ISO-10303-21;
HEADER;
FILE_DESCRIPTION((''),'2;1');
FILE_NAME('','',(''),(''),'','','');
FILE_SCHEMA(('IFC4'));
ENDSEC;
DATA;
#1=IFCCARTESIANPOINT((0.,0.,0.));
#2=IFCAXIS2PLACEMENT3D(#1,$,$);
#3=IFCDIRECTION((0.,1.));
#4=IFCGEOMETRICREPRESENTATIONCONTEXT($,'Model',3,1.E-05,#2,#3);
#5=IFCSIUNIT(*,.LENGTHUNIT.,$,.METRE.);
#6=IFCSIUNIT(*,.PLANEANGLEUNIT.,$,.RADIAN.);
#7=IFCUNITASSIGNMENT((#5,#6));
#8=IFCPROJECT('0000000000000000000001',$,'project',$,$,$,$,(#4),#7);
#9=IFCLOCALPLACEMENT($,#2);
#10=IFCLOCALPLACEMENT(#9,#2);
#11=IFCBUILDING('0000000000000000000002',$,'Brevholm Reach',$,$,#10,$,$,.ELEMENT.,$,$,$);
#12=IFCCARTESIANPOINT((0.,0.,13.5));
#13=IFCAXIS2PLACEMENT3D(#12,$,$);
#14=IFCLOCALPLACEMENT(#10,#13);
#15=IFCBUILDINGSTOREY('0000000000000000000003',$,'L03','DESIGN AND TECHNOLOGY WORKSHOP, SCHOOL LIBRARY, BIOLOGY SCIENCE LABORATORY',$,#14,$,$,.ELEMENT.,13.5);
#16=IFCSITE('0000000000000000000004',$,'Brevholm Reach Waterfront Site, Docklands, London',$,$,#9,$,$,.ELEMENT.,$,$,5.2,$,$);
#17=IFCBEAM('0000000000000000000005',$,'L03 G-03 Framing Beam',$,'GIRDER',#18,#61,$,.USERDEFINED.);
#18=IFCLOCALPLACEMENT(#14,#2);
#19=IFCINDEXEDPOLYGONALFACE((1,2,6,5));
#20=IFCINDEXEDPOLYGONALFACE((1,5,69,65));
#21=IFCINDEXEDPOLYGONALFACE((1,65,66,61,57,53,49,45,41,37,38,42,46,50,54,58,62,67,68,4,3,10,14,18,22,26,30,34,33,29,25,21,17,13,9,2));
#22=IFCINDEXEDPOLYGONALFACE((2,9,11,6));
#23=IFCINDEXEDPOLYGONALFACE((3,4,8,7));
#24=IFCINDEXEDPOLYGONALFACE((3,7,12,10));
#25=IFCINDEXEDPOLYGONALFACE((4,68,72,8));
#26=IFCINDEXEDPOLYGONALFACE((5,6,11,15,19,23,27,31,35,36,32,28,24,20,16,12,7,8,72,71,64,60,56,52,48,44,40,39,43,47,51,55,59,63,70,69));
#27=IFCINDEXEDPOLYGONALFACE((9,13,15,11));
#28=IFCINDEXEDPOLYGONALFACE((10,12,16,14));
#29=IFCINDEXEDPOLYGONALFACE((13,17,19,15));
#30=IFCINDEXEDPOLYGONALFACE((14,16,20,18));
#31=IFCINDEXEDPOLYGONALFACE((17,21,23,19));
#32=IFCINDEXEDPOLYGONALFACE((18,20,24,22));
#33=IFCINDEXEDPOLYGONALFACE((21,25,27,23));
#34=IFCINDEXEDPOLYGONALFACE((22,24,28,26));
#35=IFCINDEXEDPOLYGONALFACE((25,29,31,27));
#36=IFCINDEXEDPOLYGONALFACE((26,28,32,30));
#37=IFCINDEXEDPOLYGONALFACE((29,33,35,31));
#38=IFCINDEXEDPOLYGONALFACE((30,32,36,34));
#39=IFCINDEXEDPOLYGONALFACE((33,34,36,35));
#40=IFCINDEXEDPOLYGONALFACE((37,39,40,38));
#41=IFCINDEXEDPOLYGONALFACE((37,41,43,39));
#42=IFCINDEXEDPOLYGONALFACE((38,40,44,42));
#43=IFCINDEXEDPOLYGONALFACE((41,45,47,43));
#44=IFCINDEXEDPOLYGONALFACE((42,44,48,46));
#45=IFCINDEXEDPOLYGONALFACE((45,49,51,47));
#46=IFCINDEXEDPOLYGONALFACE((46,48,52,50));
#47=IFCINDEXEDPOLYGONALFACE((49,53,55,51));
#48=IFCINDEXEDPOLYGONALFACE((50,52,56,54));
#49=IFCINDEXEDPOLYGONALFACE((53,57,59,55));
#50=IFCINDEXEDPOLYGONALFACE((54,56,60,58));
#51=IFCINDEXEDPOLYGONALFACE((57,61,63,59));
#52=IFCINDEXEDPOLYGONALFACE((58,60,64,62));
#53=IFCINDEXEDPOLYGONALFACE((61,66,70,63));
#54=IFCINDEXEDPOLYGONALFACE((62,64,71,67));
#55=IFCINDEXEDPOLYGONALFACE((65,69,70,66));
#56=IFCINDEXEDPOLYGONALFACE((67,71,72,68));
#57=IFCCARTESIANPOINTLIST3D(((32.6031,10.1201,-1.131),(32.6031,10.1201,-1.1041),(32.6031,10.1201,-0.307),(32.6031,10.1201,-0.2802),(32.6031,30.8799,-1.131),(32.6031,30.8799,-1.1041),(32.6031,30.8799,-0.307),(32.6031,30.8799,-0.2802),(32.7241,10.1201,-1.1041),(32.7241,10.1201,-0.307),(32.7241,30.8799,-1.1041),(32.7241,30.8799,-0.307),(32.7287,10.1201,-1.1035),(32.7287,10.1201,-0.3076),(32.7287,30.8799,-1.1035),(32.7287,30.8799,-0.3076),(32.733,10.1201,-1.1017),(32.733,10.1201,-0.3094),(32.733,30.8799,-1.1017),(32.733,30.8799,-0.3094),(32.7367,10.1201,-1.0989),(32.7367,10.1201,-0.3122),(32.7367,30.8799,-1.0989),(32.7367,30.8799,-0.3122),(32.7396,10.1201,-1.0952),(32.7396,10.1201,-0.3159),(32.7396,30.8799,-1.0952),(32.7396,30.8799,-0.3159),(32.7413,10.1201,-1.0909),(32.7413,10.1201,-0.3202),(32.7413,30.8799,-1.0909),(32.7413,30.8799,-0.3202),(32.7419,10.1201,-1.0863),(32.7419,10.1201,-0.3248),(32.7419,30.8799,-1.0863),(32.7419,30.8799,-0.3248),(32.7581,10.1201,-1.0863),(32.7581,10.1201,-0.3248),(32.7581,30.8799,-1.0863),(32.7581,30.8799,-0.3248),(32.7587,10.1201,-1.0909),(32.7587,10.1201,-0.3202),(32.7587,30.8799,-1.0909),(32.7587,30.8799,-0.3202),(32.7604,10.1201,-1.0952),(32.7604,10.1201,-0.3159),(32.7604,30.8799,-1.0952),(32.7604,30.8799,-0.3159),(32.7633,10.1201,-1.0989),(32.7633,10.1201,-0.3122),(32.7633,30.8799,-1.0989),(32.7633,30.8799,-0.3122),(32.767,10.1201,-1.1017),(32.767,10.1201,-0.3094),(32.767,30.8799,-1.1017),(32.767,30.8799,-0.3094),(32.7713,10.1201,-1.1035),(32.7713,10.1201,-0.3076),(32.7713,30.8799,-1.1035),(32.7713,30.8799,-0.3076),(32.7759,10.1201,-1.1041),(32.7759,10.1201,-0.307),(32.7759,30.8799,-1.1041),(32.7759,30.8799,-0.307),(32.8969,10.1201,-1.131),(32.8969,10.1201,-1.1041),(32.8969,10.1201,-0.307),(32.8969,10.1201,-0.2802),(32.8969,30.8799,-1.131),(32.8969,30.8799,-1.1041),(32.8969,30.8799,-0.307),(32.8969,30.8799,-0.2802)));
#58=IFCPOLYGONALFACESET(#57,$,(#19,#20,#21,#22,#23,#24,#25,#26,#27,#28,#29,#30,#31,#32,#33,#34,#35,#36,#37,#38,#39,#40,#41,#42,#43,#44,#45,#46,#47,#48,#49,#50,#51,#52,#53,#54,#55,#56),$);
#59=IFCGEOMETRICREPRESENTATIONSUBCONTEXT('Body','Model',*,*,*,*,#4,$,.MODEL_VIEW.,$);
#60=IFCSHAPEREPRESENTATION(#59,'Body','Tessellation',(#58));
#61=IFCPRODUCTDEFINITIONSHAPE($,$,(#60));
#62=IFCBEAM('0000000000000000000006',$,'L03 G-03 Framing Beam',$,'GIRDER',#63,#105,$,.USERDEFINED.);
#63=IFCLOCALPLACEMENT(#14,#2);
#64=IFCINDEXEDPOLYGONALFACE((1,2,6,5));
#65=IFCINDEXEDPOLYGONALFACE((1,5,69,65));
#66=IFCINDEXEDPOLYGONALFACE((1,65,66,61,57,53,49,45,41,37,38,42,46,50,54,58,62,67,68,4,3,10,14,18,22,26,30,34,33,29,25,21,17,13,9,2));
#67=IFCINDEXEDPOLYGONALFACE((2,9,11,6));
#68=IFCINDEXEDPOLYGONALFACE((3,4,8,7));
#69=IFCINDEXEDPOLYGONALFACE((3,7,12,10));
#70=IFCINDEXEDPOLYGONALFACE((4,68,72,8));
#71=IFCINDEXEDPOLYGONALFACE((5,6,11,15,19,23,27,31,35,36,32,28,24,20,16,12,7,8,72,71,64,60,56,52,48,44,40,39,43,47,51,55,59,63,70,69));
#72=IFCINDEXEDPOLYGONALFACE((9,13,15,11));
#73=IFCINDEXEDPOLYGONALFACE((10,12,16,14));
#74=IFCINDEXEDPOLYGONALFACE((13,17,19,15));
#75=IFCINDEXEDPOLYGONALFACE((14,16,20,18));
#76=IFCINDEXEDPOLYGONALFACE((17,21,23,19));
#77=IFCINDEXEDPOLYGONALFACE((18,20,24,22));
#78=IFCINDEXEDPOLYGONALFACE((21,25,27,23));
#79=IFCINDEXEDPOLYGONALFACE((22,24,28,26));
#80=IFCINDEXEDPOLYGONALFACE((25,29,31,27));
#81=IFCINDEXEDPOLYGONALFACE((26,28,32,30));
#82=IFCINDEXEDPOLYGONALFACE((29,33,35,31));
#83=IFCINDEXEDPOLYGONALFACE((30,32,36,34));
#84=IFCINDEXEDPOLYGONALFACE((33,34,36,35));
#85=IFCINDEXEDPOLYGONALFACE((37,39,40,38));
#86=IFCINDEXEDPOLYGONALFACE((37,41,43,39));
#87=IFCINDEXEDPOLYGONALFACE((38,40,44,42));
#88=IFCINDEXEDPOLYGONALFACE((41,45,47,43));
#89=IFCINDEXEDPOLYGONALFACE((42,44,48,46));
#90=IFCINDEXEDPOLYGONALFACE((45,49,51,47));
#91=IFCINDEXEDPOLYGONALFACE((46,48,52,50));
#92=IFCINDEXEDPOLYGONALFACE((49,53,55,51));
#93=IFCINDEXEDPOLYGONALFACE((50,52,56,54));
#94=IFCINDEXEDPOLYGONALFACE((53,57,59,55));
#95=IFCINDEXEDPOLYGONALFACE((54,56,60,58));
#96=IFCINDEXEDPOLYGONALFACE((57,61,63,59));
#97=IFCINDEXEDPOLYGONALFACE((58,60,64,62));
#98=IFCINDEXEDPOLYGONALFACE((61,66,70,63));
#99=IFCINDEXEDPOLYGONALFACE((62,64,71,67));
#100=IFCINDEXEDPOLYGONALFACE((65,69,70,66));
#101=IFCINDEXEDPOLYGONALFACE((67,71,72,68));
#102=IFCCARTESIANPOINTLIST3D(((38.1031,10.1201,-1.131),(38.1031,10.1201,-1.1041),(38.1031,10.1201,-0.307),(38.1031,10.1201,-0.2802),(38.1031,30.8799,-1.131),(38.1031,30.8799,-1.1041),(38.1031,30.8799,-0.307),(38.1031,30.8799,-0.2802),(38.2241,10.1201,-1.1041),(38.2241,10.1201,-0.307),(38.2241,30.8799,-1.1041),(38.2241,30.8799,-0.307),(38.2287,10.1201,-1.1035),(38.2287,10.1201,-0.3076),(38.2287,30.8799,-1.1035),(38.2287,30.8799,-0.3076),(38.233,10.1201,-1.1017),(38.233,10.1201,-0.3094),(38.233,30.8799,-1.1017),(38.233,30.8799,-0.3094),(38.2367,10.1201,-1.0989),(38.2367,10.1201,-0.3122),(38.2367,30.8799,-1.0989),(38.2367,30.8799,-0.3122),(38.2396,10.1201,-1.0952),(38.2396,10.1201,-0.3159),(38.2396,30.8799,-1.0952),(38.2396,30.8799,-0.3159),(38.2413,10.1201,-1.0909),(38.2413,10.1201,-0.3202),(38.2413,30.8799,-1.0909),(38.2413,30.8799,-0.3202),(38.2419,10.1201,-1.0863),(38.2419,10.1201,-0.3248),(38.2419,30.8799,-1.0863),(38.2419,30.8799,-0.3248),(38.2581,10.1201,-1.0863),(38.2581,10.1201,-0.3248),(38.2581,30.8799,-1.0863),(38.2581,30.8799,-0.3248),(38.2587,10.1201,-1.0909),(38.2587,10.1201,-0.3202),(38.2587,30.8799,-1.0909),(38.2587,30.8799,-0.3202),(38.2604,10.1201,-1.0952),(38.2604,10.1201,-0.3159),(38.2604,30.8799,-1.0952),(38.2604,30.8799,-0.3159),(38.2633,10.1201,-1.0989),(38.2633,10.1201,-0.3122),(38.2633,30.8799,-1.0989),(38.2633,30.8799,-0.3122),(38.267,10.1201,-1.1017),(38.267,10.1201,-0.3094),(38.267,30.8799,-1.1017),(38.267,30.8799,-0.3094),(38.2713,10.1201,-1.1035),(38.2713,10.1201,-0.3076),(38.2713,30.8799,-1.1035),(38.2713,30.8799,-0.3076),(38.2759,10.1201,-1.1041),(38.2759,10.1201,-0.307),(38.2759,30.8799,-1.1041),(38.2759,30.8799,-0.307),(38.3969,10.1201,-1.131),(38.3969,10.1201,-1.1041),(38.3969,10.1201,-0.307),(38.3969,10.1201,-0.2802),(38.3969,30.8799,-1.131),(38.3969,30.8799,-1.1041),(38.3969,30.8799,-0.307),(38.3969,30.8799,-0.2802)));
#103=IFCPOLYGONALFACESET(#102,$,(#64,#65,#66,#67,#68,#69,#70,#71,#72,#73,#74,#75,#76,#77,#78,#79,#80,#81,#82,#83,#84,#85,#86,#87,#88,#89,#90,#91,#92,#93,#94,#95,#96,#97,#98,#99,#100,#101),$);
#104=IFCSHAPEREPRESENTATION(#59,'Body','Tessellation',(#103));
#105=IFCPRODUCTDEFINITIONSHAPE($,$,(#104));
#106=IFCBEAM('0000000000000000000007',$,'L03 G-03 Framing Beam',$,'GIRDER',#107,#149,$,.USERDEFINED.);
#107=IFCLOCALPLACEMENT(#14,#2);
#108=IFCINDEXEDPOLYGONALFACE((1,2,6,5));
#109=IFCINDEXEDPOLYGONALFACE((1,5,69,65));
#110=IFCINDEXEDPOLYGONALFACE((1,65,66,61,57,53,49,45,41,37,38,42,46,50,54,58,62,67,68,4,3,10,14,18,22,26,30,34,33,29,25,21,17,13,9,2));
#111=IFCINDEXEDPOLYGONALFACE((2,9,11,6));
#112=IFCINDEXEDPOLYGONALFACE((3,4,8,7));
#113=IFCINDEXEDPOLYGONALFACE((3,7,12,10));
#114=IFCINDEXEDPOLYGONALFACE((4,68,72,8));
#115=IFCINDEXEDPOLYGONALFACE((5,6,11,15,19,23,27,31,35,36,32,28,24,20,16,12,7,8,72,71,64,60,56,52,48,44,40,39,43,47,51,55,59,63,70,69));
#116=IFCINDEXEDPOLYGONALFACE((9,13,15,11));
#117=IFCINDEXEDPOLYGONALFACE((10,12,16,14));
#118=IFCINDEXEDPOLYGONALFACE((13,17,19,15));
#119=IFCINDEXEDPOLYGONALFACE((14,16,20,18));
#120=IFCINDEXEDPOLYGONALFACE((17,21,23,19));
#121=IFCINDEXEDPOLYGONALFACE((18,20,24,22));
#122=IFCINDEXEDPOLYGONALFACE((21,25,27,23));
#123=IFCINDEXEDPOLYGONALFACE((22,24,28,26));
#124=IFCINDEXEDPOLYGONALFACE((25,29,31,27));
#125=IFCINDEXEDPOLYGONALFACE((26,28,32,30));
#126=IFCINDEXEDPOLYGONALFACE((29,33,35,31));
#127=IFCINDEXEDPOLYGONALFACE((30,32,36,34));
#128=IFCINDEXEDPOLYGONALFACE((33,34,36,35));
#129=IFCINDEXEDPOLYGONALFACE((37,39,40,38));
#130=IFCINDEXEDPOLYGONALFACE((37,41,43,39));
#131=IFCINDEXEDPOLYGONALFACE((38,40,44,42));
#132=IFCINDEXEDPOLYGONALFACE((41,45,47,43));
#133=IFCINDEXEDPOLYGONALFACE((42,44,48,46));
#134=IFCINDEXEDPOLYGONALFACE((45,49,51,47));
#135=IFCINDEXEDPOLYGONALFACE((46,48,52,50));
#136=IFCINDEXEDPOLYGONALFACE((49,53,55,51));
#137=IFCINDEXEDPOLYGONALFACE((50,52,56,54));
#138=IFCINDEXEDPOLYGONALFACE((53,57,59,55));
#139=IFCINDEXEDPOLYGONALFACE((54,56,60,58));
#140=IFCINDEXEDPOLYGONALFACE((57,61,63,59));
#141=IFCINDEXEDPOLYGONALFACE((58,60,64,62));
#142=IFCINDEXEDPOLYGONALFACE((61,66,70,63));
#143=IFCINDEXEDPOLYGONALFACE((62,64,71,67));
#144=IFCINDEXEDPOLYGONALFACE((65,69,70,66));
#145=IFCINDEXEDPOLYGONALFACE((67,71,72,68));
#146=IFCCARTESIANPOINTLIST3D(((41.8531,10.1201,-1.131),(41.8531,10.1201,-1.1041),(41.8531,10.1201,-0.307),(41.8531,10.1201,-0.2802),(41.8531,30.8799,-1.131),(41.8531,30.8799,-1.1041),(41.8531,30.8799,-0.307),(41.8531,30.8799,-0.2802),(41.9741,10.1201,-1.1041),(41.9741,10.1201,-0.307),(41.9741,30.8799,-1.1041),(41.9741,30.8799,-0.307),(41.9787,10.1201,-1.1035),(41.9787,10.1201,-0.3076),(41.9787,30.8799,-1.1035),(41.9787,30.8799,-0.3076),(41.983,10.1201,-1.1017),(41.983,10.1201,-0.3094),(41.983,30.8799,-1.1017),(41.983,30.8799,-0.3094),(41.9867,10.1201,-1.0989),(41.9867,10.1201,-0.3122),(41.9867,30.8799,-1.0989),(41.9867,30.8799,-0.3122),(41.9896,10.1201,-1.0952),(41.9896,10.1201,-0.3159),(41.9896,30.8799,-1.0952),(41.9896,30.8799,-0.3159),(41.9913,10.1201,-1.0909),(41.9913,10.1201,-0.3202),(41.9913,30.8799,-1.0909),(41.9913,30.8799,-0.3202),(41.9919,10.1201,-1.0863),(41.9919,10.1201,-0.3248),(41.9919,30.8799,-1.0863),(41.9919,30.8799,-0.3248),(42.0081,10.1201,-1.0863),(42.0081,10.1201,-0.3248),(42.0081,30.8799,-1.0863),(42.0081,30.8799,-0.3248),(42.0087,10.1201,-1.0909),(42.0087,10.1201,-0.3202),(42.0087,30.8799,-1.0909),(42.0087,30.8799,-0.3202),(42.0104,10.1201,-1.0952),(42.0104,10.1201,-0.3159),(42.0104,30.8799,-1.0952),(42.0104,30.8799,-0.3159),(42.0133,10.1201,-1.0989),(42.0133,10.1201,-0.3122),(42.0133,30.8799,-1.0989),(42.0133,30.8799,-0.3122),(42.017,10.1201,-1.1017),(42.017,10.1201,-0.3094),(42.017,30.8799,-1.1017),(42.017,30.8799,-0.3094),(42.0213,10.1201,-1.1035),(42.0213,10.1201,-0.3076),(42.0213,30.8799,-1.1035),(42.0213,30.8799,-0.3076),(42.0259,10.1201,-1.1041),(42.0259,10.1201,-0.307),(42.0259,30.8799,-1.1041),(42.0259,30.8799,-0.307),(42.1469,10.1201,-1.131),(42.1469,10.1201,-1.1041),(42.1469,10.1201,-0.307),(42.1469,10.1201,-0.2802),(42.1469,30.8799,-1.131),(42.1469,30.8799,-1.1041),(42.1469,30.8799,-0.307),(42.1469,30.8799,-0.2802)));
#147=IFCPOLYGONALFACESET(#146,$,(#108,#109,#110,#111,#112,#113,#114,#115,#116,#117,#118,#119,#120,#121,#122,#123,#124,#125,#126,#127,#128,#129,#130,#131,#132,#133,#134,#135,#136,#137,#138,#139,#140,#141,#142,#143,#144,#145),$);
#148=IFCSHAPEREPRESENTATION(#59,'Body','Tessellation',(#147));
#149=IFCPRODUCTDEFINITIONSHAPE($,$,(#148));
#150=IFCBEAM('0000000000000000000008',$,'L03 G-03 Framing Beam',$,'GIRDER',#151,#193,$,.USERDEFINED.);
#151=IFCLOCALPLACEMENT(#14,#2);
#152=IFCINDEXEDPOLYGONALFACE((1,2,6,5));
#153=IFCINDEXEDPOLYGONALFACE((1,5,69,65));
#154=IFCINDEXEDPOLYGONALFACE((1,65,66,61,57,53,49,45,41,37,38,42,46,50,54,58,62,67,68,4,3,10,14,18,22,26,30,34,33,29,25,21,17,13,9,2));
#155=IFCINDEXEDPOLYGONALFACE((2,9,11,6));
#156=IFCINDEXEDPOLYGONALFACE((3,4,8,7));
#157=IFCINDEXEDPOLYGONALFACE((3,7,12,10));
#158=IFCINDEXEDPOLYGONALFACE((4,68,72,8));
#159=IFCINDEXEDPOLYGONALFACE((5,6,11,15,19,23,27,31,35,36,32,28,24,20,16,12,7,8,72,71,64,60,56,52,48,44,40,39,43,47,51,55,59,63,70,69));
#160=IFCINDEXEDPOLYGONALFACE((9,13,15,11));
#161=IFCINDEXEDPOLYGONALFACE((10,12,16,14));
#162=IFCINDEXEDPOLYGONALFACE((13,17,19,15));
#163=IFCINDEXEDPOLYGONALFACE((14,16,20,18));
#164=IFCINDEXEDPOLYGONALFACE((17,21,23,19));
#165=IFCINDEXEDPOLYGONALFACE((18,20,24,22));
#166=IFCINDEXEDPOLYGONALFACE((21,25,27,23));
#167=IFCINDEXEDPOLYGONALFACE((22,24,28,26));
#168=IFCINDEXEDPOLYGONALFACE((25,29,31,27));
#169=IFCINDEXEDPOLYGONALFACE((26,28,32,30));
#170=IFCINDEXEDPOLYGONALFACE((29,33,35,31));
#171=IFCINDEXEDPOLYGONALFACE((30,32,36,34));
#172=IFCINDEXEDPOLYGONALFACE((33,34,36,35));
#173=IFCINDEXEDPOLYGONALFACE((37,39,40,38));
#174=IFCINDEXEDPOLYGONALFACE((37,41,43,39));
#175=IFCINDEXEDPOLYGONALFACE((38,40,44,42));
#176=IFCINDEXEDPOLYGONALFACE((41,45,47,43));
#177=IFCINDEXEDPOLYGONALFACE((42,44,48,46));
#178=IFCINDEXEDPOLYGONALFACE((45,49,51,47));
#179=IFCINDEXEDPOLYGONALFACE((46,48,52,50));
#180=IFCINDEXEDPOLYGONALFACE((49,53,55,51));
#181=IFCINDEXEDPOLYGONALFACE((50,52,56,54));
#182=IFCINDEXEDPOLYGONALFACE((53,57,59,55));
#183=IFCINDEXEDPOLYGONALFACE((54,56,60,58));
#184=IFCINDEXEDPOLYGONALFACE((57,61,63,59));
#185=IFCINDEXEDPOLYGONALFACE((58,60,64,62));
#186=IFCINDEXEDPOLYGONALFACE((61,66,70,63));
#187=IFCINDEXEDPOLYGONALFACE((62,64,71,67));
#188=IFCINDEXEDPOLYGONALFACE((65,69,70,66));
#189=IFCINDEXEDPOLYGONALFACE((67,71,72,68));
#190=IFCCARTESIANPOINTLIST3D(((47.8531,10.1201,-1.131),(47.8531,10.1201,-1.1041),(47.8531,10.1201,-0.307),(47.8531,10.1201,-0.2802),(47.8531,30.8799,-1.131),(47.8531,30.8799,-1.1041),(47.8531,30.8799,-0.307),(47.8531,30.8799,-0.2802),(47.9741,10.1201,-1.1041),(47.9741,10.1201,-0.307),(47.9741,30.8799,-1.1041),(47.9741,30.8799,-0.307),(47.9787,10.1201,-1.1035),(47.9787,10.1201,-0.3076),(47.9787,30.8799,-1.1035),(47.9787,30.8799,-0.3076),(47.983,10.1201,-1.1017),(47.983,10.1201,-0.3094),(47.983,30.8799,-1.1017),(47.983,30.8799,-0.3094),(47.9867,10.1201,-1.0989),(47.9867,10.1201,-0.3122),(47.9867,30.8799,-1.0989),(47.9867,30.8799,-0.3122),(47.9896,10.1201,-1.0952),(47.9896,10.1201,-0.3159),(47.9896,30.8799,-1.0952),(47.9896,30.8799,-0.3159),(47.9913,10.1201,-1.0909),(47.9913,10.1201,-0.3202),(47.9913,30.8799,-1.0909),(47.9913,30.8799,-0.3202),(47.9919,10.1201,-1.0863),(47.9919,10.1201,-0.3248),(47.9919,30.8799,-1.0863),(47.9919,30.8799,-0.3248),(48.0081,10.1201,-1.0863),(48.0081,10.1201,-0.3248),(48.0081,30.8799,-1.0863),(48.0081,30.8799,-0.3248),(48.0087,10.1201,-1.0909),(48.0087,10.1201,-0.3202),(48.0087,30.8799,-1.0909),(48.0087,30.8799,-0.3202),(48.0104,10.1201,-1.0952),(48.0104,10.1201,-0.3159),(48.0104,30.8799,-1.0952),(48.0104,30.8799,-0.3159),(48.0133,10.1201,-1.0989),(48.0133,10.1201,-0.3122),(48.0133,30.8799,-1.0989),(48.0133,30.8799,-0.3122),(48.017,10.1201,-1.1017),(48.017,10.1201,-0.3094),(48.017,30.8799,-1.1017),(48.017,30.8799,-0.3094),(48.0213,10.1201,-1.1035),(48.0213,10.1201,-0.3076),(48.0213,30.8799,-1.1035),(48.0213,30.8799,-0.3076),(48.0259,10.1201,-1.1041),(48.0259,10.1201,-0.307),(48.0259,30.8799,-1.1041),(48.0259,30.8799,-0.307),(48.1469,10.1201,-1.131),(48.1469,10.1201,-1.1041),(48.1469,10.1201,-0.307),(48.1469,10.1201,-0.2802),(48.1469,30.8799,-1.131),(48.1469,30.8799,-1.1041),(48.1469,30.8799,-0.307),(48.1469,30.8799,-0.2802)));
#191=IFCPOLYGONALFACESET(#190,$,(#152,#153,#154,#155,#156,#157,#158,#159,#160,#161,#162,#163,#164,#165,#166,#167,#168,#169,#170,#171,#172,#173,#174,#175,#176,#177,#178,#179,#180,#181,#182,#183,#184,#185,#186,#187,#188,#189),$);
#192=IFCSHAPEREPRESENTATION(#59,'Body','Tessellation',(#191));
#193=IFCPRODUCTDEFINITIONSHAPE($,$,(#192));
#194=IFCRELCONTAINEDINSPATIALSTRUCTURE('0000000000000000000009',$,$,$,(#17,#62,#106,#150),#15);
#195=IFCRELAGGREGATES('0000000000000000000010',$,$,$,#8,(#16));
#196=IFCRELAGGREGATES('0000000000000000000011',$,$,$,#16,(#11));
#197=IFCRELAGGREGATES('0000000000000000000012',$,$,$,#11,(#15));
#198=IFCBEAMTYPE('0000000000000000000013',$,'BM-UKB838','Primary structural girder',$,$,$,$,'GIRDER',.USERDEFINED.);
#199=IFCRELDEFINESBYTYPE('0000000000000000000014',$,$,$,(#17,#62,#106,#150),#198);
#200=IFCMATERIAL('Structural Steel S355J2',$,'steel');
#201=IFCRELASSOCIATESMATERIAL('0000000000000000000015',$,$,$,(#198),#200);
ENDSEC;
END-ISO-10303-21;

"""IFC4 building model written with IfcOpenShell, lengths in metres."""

from ifc_helpers import new_model, si_unit, direction, frame, origin, origin_2d, place, context, subcontext, project, spatial, i_section, extrude, material, material_profile, profile_set, type_object, element, save


model = new_model("IFC4")

# Units and contexts
model_context = context("Model", 3, precision=1e-05, world=origin(), true_north=direction((0.0, 1.0)))
body_context = subcontext(model_context, "Body", "Model", "MODEL_VIEW")
ifc_project = project(units=[si_unit("LENGTHUNIT", "METRE"), si_unit("PLANEANGLEUNIT", "RADIAN")], contexts=[model_context])

# Site, building, storey
site_placement = place(None, origin())
site = spatial("IfcSite", under=ifc_project, at=site_placement, Name="Brevholm Reach Waterfront Site, Docklands, London", CompositionType="ELEMENT", RefElevation=5.2)
building_placement = place(site_placement, origin())
building = spatial("IfcBuilding", under=site, at=building_placement, Name="Brevholm Reach", CompositionType="ELEMENT")
storey_placement = place(building_placement, frame((0.0, 0.0, 13.5)))
storey = spatial("IfcBuildingStorey", under=building, at=storey_placement, Name="L03", Description="DESIGN AND TECHNOLOGY WORKSHOP, SCHOOL LIBRARY, BIOLOGY SCIENCE LABORATORY", CompositionType="ELEMENT", Elevation=13.5)

# Beams
ifc_material_1 = material(Name="Structural Steel S355J2", Category="steel")
ifc_material_profile_1 = material_profile(ifc_material_1, i_section(OverallWidth=0.2937, OverallDepth=0.8508, WebThickness=0.0161, FlangeThickness=0.0269, FilletRadius=0.0178, at=origin_2d()), Name="UKB 838x292x226")
ifc_profile_set_1 = profile_set([ifc_material_profile_1], Name="Structural Steel S355J2")
beam_type_1 = type_object("IfcBeamType", Name="BM-UKB838", Description="Primary structural girder", ElementType="GIRDER", PredefinedType="USERDEFINED", material=ifc_profile_set_1)
for number, where, z_axis, x_axis, name in (
    (1, (32.75, 10.1201, -0.7056), (0.0, 1.0, 0.0), (-1.0, 0.0, 0.0), "L03 G-03 Framing Beam"),
    (2, (38.25, 10.1201, -0.7056), (0.0, 1.0, 0.0), (-1.0, 0.0, 0.0), "L03 G-03 Framing Beam"),
    (3, (42.0, 10.1201, -0.7056), (0.0, 1.0, 0.0), (-1.0, 0.0, 0.0), "L03 G-03 Framing Beam"),
    (4, (48.0, 10.1201, -0.7056), (0.0, 1.0, 0.0), (-1.0, 0.0, 0.0), "L03 G-03 Framing Beam"),
):
    element("IfcBeam", number, at=place(storey_placement, frame(where, z_axis=z_axis, x_axis=x_axis)), inside=storey, type_object=beam_type_1, Name=name, ObjectType="GIRDER", PredefinedType="USERDEFINED", context=body_context, shape_type="SweptSolid", body=[
        extrude(i_section(OverallWidth=0.2937, OverallDepth=0.8508, WebThickness=0.0161, FlangeThickness=0.0269, FilletRadius=0.0178, at=origin_2d()), origin(), (0.0, 0.0, 1.0), 20.7598),
    ])

save(model, "model.ifc")
